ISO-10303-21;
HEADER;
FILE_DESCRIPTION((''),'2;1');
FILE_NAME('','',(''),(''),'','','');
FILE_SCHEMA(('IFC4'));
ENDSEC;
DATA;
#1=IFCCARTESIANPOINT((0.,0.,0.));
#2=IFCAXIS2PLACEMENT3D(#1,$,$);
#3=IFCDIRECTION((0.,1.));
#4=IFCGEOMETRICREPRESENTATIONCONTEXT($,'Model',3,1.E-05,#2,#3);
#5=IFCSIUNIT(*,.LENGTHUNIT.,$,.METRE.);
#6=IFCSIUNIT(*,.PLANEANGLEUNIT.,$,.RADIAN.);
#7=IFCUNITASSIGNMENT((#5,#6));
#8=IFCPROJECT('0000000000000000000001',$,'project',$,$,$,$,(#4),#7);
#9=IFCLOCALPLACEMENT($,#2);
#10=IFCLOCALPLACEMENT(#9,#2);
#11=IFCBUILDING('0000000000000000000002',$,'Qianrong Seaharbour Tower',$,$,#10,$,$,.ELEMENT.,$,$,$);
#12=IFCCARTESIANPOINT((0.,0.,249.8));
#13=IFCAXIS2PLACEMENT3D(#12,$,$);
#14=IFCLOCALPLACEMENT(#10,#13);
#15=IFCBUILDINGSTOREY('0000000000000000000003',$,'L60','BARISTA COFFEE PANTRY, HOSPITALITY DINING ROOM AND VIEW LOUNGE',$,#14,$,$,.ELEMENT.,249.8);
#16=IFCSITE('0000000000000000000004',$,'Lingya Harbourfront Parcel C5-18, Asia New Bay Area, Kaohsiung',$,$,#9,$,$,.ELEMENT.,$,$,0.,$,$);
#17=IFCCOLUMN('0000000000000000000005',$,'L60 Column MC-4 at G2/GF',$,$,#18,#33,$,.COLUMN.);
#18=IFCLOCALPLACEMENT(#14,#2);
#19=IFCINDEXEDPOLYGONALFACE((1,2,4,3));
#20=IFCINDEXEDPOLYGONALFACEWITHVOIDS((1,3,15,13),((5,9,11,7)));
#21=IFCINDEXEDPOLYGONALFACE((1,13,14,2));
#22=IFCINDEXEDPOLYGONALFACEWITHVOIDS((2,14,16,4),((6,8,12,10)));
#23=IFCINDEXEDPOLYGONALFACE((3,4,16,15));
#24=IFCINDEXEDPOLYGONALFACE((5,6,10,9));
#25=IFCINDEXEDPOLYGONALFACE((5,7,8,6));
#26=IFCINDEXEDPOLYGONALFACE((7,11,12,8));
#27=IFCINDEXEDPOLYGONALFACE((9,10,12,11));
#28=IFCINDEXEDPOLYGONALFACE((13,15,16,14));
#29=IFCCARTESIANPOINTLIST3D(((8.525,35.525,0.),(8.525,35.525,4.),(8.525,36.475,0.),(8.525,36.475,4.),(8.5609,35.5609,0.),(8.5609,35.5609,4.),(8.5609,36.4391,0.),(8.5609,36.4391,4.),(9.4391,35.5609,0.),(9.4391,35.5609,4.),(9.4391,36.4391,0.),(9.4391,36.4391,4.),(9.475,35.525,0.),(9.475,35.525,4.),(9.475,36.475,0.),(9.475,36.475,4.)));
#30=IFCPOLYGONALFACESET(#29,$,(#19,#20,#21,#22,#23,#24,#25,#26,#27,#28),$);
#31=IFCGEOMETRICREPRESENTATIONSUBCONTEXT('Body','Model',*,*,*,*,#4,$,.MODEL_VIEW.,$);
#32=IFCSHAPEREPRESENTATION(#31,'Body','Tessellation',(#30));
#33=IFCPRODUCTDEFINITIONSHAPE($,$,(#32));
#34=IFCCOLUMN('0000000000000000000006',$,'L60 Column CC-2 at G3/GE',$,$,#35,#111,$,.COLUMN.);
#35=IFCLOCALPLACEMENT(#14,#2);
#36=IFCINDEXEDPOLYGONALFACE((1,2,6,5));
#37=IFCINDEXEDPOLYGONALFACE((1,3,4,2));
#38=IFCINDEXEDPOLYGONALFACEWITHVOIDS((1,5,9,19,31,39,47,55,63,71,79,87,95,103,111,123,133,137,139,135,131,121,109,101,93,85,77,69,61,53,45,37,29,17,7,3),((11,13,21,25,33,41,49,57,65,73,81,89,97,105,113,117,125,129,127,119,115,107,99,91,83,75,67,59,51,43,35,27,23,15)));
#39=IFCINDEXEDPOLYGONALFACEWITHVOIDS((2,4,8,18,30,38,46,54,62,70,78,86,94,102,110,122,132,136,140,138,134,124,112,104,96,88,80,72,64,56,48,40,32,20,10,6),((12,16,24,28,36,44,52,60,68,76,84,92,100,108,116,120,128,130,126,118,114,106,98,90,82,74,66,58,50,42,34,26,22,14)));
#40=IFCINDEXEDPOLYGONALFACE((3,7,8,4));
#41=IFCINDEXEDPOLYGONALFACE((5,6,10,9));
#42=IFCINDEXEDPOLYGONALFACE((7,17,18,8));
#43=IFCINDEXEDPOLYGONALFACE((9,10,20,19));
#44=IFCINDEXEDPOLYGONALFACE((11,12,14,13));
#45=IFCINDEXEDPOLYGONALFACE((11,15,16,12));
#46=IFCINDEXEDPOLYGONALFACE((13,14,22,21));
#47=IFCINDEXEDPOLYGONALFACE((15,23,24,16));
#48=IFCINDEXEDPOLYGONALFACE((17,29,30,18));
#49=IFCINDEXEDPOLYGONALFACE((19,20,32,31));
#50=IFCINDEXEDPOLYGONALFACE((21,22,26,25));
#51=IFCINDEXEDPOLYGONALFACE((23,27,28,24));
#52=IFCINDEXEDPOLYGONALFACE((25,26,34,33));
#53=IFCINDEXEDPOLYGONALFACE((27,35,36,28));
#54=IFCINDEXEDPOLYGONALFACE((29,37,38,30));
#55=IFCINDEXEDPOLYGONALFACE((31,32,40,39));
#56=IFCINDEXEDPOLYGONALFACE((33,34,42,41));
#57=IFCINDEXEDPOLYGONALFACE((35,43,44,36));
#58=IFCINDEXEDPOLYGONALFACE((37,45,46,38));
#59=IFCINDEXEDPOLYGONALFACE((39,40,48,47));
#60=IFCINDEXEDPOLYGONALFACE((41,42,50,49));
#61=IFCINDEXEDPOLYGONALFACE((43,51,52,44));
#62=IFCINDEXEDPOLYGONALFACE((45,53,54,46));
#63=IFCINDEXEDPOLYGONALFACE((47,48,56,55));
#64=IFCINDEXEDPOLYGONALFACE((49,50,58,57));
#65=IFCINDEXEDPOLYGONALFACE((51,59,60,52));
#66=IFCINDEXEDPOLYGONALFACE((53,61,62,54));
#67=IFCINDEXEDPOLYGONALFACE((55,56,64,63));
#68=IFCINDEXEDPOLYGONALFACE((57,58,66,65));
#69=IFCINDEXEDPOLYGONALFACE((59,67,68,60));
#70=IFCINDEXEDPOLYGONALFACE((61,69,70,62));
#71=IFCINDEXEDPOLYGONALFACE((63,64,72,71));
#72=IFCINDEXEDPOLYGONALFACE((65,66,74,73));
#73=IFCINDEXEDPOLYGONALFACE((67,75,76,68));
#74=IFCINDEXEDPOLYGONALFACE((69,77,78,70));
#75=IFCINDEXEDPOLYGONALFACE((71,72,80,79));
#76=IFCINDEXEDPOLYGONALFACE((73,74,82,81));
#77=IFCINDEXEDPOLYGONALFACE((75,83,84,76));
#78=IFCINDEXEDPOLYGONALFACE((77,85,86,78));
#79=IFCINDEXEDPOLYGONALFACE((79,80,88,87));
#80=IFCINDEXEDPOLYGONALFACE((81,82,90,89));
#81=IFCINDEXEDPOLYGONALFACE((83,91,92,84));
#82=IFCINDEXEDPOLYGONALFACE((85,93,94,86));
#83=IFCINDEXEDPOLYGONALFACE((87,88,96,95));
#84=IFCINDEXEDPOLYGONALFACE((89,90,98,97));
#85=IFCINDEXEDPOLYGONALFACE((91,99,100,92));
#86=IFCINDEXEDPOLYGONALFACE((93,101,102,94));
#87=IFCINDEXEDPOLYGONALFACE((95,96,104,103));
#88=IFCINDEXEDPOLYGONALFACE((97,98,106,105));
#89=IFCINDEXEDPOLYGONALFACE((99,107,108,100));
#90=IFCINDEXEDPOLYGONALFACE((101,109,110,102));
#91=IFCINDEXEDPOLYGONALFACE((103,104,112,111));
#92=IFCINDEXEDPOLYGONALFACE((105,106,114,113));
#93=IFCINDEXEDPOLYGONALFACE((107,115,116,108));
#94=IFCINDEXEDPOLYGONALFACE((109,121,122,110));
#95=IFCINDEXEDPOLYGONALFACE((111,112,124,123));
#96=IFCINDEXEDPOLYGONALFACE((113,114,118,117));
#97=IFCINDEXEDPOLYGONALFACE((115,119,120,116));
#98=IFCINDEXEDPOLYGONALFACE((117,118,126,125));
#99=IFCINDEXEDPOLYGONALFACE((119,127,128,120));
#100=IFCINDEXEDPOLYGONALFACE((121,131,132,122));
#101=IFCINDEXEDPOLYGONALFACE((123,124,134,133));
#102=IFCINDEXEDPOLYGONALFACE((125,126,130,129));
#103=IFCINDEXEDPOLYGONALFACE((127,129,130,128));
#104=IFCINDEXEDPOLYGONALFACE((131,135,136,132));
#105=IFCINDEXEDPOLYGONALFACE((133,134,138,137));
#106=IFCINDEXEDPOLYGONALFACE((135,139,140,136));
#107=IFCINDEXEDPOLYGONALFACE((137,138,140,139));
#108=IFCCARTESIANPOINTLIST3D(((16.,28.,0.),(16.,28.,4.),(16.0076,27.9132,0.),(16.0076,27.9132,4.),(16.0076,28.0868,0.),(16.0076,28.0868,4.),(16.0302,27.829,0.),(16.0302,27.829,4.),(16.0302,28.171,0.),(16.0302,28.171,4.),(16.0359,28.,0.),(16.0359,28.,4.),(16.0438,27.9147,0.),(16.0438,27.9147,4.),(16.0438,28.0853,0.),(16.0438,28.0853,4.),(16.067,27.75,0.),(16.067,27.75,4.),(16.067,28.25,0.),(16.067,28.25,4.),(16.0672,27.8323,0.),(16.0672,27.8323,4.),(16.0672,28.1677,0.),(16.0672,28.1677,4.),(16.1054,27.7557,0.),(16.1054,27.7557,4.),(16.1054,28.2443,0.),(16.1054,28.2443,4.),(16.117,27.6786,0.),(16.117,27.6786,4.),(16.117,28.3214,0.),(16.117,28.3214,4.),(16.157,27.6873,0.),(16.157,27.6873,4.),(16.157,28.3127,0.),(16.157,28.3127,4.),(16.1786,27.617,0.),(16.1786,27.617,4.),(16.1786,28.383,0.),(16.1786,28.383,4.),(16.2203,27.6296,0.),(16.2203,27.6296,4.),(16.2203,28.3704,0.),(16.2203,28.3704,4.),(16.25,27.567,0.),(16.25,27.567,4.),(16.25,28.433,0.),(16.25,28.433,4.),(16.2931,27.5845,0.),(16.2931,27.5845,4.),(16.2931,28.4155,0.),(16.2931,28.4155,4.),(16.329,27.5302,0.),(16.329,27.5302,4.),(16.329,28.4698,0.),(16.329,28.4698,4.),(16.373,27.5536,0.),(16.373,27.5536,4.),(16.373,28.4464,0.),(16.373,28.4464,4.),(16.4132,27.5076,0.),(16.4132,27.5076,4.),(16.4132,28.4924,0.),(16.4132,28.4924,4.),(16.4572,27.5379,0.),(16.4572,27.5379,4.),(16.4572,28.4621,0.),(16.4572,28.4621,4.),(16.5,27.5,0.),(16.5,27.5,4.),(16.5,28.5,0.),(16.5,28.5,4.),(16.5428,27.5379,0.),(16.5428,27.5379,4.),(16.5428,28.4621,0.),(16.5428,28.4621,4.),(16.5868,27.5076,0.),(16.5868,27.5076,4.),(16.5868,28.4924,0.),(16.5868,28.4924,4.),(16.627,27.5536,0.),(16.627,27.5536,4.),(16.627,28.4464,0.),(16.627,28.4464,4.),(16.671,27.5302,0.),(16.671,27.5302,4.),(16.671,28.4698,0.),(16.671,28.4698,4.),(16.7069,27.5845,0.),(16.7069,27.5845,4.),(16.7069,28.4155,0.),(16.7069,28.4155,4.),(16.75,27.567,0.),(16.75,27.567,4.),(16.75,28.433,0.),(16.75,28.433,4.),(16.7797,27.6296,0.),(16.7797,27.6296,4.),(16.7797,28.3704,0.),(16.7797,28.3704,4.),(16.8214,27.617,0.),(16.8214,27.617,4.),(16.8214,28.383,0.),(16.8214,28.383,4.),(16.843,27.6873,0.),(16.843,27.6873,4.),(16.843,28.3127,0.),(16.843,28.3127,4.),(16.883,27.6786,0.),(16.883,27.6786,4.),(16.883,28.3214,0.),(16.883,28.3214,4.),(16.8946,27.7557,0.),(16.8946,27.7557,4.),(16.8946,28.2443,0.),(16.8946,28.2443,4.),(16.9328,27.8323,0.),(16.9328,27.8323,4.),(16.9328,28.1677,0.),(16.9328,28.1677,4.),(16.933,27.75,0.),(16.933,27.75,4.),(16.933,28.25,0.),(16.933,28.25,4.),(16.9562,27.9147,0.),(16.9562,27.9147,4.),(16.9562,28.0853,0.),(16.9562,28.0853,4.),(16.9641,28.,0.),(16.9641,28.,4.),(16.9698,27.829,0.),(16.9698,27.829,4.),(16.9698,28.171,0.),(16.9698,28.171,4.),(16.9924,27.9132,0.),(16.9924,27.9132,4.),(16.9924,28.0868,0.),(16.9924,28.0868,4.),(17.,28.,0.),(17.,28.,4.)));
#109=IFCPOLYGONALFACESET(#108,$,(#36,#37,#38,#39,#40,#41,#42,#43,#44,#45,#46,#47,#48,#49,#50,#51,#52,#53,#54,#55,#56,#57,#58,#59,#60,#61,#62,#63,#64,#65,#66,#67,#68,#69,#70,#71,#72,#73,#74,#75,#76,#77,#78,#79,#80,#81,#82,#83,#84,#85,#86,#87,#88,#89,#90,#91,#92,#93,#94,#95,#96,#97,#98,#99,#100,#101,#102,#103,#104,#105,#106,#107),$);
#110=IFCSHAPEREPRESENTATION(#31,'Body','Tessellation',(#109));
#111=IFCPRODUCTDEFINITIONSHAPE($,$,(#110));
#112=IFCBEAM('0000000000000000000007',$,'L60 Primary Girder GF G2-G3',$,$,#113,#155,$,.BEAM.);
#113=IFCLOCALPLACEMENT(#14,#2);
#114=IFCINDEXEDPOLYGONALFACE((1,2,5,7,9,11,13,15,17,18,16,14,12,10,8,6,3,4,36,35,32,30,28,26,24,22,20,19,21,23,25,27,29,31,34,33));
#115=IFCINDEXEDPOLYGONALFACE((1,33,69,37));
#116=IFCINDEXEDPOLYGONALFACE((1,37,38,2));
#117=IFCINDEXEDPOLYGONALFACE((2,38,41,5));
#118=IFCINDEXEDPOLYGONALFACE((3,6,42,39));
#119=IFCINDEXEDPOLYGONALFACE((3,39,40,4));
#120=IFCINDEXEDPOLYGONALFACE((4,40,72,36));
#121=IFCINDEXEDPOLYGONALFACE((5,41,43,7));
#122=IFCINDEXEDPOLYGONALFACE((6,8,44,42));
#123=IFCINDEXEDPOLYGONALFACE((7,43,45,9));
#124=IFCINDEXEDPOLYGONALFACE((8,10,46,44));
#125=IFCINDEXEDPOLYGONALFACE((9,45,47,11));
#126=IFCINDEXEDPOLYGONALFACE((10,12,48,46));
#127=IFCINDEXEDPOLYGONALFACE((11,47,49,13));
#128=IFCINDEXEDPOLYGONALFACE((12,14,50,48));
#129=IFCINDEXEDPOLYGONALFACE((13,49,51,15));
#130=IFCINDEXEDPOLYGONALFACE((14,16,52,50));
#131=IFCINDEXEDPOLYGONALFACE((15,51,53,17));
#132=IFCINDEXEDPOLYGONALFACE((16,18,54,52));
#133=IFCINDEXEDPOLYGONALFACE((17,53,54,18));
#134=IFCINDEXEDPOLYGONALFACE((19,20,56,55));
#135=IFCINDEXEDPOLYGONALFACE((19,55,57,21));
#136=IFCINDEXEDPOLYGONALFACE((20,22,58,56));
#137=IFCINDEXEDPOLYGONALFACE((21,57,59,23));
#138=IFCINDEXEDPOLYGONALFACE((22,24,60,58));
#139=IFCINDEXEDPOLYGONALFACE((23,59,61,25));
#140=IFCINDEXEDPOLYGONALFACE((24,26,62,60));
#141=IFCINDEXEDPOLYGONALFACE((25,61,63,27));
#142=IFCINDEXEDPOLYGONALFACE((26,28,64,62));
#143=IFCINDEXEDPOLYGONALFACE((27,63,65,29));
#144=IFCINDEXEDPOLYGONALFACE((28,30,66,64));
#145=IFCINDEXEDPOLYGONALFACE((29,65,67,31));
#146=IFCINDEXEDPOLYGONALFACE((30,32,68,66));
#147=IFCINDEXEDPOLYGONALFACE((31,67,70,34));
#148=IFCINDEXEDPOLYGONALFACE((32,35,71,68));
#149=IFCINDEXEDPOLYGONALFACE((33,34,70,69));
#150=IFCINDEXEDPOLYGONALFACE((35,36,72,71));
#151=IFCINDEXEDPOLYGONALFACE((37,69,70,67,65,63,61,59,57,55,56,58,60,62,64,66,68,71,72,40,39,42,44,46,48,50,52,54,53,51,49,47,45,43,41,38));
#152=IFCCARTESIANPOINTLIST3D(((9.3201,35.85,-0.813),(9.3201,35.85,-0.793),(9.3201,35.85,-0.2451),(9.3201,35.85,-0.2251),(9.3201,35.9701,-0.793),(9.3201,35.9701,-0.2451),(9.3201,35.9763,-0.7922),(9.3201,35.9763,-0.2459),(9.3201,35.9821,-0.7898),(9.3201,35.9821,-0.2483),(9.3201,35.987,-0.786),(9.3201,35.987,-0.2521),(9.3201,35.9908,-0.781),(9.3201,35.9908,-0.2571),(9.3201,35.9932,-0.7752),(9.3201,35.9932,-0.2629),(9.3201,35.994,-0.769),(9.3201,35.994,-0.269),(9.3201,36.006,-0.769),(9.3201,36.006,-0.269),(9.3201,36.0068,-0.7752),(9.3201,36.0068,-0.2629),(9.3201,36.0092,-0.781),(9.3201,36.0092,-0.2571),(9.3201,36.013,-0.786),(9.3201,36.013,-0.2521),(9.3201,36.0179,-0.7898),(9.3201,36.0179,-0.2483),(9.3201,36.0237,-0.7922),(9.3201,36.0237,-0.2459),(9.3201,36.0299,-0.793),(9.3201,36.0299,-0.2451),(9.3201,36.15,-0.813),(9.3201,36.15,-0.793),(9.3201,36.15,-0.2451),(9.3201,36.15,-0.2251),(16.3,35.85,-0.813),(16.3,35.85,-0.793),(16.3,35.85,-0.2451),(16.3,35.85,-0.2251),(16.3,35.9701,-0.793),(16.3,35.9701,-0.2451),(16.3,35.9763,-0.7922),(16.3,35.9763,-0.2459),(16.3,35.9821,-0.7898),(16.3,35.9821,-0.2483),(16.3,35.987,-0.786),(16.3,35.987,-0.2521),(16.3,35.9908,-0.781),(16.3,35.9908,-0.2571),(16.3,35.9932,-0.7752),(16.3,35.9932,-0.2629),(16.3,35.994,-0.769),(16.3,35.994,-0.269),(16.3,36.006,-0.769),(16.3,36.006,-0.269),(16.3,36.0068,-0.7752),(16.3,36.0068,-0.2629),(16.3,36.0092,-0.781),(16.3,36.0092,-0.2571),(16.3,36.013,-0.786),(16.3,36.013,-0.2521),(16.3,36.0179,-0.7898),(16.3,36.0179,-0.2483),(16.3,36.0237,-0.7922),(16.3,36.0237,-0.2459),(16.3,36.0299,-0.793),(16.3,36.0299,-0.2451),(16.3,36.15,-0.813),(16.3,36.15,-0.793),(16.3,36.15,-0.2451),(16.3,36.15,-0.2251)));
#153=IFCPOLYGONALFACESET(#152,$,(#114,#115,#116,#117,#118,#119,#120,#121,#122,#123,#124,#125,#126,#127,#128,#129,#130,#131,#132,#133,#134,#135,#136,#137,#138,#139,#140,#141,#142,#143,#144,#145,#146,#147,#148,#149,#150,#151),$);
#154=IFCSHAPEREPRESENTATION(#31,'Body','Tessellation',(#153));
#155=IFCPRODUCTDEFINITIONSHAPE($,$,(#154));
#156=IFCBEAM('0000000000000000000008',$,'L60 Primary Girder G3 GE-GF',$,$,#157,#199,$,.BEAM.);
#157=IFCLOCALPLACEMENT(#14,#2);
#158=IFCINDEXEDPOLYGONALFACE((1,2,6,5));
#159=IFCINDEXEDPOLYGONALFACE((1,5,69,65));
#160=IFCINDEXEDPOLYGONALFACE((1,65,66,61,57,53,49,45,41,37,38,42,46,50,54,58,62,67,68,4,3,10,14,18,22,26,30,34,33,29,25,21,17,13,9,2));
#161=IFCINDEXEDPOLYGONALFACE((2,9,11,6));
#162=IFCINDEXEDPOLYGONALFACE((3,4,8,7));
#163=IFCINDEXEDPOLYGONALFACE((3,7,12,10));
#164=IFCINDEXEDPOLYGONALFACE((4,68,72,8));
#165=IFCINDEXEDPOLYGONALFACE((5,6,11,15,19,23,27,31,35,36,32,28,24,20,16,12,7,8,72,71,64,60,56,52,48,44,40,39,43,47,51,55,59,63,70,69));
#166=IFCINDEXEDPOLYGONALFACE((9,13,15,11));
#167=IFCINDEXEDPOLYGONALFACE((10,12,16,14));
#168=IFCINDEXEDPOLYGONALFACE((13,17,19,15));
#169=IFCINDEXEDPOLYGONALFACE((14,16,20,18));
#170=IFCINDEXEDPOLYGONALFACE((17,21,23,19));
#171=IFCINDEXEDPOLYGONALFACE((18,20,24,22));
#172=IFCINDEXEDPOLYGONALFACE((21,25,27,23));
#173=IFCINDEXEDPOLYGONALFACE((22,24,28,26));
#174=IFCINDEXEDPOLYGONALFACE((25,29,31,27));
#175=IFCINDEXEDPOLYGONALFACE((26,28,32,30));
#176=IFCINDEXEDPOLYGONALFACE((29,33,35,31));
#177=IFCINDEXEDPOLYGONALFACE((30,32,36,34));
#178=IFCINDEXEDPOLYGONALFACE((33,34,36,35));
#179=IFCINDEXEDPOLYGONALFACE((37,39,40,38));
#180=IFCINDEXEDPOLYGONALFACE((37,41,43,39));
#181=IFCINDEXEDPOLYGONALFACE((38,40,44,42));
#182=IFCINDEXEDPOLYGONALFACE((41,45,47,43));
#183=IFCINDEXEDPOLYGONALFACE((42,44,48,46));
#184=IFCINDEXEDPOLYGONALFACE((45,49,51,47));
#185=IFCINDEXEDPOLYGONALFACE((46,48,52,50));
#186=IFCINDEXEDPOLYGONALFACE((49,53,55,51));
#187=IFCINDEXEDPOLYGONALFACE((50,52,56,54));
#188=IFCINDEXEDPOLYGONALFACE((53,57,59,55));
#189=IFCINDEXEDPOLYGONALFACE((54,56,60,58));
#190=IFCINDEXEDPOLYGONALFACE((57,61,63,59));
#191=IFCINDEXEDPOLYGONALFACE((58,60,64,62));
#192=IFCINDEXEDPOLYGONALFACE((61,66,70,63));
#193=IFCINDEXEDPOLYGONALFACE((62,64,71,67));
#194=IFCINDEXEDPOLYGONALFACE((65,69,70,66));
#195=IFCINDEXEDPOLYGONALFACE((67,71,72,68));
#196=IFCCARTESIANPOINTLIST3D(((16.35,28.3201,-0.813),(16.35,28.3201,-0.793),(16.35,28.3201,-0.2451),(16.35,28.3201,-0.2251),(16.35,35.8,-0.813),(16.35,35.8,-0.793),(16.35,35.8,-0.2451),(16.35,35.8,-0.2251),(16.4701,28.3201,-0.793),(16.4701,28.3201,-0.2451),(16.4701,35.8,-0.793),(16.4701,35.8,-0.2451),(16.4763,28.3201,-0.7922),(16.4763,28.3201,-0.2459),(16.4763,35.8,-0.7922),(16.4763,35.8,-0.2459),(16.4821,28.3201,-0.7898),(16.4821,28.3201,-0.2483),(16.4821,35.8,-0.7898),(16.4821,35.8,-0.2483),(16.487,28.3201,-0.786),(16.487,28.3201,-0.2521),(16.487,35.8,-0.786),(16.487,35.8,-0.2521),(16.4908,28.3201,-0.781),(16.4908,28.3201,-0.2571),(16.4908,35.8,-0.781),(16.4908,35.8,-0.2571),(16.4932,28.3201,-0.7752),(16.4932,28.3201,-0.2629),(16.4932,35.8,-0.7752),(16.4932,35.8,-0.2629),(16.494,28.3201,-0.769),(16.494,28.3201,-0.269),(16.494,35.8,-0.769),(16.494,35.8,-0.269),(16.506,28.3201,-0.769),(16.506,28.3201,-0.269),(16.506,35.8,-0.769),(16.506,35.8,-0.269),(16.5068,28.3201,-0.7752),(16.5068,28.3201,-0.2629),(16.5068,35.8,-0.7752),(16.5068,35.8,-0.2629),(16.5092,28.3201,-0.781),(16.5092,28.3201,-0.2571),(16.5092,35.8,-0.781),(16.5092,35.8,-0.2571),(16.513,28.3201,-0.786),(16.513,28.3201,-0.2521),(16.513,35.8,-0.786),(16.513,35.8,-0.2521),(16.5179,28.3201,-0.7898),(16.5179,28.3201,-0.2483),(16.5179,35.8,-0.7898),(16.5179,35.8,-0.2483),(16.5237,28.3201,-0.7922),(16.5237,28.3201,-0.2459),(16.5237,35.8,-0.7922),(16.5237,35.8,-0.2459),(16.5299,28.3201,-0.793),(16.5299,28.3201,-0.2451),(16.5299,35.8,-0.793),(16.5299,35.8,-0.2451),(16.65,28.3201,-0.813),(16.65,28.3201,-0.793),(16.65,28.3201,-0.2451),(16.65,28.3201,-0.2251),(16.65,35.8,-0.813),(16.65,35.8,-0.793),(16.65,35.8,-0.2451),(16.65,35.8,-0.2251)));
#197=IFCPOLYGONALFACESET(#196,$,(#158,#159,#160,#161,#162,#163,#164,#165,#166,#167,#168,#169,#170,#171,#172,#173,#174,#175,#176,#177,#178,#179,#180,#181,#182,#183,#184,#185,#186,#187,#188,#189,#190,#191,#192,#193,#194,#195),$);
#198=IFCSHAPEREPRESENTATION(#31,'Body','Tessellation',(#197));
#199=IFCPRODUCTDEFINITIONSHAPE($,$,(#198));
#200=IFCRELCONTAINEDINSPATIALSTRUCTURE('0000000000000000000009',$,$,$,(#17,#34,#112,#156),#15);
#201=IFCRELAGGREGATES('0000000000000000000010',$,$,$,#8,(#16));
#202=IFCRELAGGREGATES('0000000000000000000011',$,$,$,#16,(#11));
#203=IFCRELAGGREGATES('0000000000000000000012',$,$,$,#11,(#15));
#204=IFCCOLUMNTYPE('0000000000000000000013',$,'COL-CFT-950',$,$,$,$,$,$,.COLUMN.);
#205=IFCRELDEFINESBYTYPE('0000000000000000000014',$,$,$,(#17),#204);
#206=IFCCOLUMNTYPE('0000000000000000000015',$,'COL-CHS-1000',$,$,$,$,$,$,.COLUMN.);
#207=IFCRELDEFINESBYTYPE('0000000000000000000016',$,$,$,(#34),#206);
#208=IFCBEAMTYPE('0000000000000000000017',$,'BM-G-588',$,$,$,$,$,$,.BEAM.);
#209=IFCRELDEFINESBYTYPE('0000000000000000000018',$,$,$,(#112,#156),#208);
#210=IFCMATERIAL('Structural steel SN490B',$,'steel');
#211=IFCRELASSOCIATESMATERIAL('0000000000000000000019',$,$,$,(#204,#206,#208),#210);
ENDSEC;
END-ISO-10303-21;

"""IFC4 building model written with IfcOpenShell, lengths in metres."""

from ifc_helpers import new_model, si_unit, direction, frame, origin, origin_2d, place, context, subcontext, project, spatial, hollow_rectangle, hollow_circle, i_section, extrude, material, material_profile, profile_set, type_object, element, save


model = new_model("IFC4")

# Units and contexts
model_context = context("Model", 3, precision=1e-05, world=origin(), true_north=direction((0.0, 1.0)))
body_context = subcontext(model_context, "Body", "Model", "MODEL_VIEW")
ifc_project = project(units=[si_unit("LENGTHUNIT", "METRE"), si_unit("PLANEANGLEUNIT", "RADIAN")], contexts=[model_context])

# Site, building, storey
site_placement = place(None, origin())
site = spatial("IfcSite", under=ifc_project, at=site_placement, Name="Lingya Harbourfront Parcel C5-18, Asia New Bay Area, Kaohsiung", CompositionType="ELEMENT", RefElevation=0.0)
building_placement = place(site_placement, origin())
building = spatial("IfcBuilding", under=site, at=building_placement, Name="Qianrong Seaharbour Tower", CompositionType="ELEMENT")
storey_placement = place(building_placement, frame((0.0, 0.0, 249.8)))
storey = spatial("IfcBuildingStorey", under=building, at=storey_placement, Name="L60", Description="BARISTA COFFEE PANTRY, HOSPITALITY DINING ROOM AND VIEW LOUNGE", CompositionType="ELEMENT", Elevation=249.8)

# Columns
ifc_material_1 = material(Name="Structural steel SN490B", Category="steel")
ifc_material_profile_1 = material_profile(ifc_material_1, hollow_rectangle(XDim=0.95, YDim=0.95, WallThickness=0.0359, at=origin_2d()), Name="BOX950x950x36")
ifc_profile_set_1 = profile_set([ifc_material_profile_1], Name="Structural steel SN490B")
column_type_1 = type_object("IfcColumnType", Name="COL-CFT-950", PredefinedType="COLUMN", material=ifc_profile_set_1)
column_1_placement = place(storey_placement, frame((9.0, 36.0, 0.0), z_axis=(0.0, 0.0, 1.0), x_axis=(1.0, 0.0, 0.0)))
element("IfcColumn", 1, at=column_1_placement, inside=storey, type_object=column_type_1, Name="L60 Column MC-4 at G2/GF", PredefinedType="COLUMN", context=body_context, shape_type="SweptSolid", body=[
    extrude(hollow_rectangle(XDim=0.95, YDim=0.95, WallThickness=0.0359, at=origin_2d()), origin(), (0.0, 0.0, 1.0), 4.0),
])
ifc_material_profile_2 = material_profile(ifc_material_1, hollow_circle(Radius=0.5, WallThickness=0.0359, at=origin_2d()), Name="CHS1000x36")
ifc_profile_set_2 = profile_set([ifc_material_profile_2], Name="Structural steel SN490B")
column_type_2 = type_object("IfcColumnType", Name="COL-CHS-1000", PredefinedType="COLUMN", material=ifc_profile_set_2)
column_2_placement = place(storey_placement, frame((16.5, 28.0, 0.0), z_axis=(0.0, 0.0, 1.0), x_axis=(1.0, 0.0, 0.0)))
element("IfcColumn", 2, at=column_2_placement, inside=storey, type_object=column_type_2, Name="L60 Column CC-2 at G3/GE", PredefinedType="COLUMN", context=body_context, shape_type="SweptSolid", body=[
    extrude(hollow_circle(Radius=0.5, WallThickness=0.0359, at=origin_2d()), origin(), (0.0, 0.0, 1.0), 4.0),
])

# Beams
ifc_material_profile_3 = material_profile(ifc_material_1, i_section(OverallWidth=0.3, OverallDepth=0.5879, WebThickness=0.012, FlangeThickness=0.02, FilletRadius=0.0239, at=origin_2d()), Name="H588x300x12x20")
ifc_profile_set_3 = profile_set([ifc_material_profile_3], Name="Structural steel SN490B")
beam_type_1 = type_object("IfcBeamType", Name="BM-G-588", PredefinedType="BEAM", material=ifc_profile_set_3)
beam_1_placement = place(storey_placement, frame((9.3201, 36.0, -0.519), z_axis=(1.0, 0.0, 0.0), x_axis=(0.0, 1.0, 0.0)))
element("IfcBeam", 3, at=beam_1_placement, inside=storey, type_object=beam_type_1, Name="L60 Primary Girder GF G2-G3", PredefinedType="BEAM", context=body_context, shape_type="SweptSolid", body=[
    extrude(i_section(OverallWidth=0.3, OverallDepth=0.5879, WebThickness=0.012, FlangeThickness=0.02, FilletRadius=0.0239, at=origin_2d()), origin(), (0.0, 0.0, 1.0), 6.98),
])
beam_2_placement = place(storey_placement, frame((16.5, 28.3201, -0.519), z_axis=(0.0, 1.0, 0.0), x_axis=(-1.0, 0.0, 0.0)))
element("IfcBeam", 4, at=beam_2_placement, inside=storey, type_object=beam_type_1, Name="L60 Primary Girder G3 GE-GF", PredefinedType="BEAM", context=body_context, shape_type="SweptSolid", body=[
    extrude(i_section(OverallWidth=0.3, OverallDepth=0.5879, WebThickness=0.012, FlangeThickness=0.02, FilletRadius=0.0239, at=origin_2d()), origin(), (0.0, 0.0, 1.0), 7.48),
])

save(model, "model.ifc")
